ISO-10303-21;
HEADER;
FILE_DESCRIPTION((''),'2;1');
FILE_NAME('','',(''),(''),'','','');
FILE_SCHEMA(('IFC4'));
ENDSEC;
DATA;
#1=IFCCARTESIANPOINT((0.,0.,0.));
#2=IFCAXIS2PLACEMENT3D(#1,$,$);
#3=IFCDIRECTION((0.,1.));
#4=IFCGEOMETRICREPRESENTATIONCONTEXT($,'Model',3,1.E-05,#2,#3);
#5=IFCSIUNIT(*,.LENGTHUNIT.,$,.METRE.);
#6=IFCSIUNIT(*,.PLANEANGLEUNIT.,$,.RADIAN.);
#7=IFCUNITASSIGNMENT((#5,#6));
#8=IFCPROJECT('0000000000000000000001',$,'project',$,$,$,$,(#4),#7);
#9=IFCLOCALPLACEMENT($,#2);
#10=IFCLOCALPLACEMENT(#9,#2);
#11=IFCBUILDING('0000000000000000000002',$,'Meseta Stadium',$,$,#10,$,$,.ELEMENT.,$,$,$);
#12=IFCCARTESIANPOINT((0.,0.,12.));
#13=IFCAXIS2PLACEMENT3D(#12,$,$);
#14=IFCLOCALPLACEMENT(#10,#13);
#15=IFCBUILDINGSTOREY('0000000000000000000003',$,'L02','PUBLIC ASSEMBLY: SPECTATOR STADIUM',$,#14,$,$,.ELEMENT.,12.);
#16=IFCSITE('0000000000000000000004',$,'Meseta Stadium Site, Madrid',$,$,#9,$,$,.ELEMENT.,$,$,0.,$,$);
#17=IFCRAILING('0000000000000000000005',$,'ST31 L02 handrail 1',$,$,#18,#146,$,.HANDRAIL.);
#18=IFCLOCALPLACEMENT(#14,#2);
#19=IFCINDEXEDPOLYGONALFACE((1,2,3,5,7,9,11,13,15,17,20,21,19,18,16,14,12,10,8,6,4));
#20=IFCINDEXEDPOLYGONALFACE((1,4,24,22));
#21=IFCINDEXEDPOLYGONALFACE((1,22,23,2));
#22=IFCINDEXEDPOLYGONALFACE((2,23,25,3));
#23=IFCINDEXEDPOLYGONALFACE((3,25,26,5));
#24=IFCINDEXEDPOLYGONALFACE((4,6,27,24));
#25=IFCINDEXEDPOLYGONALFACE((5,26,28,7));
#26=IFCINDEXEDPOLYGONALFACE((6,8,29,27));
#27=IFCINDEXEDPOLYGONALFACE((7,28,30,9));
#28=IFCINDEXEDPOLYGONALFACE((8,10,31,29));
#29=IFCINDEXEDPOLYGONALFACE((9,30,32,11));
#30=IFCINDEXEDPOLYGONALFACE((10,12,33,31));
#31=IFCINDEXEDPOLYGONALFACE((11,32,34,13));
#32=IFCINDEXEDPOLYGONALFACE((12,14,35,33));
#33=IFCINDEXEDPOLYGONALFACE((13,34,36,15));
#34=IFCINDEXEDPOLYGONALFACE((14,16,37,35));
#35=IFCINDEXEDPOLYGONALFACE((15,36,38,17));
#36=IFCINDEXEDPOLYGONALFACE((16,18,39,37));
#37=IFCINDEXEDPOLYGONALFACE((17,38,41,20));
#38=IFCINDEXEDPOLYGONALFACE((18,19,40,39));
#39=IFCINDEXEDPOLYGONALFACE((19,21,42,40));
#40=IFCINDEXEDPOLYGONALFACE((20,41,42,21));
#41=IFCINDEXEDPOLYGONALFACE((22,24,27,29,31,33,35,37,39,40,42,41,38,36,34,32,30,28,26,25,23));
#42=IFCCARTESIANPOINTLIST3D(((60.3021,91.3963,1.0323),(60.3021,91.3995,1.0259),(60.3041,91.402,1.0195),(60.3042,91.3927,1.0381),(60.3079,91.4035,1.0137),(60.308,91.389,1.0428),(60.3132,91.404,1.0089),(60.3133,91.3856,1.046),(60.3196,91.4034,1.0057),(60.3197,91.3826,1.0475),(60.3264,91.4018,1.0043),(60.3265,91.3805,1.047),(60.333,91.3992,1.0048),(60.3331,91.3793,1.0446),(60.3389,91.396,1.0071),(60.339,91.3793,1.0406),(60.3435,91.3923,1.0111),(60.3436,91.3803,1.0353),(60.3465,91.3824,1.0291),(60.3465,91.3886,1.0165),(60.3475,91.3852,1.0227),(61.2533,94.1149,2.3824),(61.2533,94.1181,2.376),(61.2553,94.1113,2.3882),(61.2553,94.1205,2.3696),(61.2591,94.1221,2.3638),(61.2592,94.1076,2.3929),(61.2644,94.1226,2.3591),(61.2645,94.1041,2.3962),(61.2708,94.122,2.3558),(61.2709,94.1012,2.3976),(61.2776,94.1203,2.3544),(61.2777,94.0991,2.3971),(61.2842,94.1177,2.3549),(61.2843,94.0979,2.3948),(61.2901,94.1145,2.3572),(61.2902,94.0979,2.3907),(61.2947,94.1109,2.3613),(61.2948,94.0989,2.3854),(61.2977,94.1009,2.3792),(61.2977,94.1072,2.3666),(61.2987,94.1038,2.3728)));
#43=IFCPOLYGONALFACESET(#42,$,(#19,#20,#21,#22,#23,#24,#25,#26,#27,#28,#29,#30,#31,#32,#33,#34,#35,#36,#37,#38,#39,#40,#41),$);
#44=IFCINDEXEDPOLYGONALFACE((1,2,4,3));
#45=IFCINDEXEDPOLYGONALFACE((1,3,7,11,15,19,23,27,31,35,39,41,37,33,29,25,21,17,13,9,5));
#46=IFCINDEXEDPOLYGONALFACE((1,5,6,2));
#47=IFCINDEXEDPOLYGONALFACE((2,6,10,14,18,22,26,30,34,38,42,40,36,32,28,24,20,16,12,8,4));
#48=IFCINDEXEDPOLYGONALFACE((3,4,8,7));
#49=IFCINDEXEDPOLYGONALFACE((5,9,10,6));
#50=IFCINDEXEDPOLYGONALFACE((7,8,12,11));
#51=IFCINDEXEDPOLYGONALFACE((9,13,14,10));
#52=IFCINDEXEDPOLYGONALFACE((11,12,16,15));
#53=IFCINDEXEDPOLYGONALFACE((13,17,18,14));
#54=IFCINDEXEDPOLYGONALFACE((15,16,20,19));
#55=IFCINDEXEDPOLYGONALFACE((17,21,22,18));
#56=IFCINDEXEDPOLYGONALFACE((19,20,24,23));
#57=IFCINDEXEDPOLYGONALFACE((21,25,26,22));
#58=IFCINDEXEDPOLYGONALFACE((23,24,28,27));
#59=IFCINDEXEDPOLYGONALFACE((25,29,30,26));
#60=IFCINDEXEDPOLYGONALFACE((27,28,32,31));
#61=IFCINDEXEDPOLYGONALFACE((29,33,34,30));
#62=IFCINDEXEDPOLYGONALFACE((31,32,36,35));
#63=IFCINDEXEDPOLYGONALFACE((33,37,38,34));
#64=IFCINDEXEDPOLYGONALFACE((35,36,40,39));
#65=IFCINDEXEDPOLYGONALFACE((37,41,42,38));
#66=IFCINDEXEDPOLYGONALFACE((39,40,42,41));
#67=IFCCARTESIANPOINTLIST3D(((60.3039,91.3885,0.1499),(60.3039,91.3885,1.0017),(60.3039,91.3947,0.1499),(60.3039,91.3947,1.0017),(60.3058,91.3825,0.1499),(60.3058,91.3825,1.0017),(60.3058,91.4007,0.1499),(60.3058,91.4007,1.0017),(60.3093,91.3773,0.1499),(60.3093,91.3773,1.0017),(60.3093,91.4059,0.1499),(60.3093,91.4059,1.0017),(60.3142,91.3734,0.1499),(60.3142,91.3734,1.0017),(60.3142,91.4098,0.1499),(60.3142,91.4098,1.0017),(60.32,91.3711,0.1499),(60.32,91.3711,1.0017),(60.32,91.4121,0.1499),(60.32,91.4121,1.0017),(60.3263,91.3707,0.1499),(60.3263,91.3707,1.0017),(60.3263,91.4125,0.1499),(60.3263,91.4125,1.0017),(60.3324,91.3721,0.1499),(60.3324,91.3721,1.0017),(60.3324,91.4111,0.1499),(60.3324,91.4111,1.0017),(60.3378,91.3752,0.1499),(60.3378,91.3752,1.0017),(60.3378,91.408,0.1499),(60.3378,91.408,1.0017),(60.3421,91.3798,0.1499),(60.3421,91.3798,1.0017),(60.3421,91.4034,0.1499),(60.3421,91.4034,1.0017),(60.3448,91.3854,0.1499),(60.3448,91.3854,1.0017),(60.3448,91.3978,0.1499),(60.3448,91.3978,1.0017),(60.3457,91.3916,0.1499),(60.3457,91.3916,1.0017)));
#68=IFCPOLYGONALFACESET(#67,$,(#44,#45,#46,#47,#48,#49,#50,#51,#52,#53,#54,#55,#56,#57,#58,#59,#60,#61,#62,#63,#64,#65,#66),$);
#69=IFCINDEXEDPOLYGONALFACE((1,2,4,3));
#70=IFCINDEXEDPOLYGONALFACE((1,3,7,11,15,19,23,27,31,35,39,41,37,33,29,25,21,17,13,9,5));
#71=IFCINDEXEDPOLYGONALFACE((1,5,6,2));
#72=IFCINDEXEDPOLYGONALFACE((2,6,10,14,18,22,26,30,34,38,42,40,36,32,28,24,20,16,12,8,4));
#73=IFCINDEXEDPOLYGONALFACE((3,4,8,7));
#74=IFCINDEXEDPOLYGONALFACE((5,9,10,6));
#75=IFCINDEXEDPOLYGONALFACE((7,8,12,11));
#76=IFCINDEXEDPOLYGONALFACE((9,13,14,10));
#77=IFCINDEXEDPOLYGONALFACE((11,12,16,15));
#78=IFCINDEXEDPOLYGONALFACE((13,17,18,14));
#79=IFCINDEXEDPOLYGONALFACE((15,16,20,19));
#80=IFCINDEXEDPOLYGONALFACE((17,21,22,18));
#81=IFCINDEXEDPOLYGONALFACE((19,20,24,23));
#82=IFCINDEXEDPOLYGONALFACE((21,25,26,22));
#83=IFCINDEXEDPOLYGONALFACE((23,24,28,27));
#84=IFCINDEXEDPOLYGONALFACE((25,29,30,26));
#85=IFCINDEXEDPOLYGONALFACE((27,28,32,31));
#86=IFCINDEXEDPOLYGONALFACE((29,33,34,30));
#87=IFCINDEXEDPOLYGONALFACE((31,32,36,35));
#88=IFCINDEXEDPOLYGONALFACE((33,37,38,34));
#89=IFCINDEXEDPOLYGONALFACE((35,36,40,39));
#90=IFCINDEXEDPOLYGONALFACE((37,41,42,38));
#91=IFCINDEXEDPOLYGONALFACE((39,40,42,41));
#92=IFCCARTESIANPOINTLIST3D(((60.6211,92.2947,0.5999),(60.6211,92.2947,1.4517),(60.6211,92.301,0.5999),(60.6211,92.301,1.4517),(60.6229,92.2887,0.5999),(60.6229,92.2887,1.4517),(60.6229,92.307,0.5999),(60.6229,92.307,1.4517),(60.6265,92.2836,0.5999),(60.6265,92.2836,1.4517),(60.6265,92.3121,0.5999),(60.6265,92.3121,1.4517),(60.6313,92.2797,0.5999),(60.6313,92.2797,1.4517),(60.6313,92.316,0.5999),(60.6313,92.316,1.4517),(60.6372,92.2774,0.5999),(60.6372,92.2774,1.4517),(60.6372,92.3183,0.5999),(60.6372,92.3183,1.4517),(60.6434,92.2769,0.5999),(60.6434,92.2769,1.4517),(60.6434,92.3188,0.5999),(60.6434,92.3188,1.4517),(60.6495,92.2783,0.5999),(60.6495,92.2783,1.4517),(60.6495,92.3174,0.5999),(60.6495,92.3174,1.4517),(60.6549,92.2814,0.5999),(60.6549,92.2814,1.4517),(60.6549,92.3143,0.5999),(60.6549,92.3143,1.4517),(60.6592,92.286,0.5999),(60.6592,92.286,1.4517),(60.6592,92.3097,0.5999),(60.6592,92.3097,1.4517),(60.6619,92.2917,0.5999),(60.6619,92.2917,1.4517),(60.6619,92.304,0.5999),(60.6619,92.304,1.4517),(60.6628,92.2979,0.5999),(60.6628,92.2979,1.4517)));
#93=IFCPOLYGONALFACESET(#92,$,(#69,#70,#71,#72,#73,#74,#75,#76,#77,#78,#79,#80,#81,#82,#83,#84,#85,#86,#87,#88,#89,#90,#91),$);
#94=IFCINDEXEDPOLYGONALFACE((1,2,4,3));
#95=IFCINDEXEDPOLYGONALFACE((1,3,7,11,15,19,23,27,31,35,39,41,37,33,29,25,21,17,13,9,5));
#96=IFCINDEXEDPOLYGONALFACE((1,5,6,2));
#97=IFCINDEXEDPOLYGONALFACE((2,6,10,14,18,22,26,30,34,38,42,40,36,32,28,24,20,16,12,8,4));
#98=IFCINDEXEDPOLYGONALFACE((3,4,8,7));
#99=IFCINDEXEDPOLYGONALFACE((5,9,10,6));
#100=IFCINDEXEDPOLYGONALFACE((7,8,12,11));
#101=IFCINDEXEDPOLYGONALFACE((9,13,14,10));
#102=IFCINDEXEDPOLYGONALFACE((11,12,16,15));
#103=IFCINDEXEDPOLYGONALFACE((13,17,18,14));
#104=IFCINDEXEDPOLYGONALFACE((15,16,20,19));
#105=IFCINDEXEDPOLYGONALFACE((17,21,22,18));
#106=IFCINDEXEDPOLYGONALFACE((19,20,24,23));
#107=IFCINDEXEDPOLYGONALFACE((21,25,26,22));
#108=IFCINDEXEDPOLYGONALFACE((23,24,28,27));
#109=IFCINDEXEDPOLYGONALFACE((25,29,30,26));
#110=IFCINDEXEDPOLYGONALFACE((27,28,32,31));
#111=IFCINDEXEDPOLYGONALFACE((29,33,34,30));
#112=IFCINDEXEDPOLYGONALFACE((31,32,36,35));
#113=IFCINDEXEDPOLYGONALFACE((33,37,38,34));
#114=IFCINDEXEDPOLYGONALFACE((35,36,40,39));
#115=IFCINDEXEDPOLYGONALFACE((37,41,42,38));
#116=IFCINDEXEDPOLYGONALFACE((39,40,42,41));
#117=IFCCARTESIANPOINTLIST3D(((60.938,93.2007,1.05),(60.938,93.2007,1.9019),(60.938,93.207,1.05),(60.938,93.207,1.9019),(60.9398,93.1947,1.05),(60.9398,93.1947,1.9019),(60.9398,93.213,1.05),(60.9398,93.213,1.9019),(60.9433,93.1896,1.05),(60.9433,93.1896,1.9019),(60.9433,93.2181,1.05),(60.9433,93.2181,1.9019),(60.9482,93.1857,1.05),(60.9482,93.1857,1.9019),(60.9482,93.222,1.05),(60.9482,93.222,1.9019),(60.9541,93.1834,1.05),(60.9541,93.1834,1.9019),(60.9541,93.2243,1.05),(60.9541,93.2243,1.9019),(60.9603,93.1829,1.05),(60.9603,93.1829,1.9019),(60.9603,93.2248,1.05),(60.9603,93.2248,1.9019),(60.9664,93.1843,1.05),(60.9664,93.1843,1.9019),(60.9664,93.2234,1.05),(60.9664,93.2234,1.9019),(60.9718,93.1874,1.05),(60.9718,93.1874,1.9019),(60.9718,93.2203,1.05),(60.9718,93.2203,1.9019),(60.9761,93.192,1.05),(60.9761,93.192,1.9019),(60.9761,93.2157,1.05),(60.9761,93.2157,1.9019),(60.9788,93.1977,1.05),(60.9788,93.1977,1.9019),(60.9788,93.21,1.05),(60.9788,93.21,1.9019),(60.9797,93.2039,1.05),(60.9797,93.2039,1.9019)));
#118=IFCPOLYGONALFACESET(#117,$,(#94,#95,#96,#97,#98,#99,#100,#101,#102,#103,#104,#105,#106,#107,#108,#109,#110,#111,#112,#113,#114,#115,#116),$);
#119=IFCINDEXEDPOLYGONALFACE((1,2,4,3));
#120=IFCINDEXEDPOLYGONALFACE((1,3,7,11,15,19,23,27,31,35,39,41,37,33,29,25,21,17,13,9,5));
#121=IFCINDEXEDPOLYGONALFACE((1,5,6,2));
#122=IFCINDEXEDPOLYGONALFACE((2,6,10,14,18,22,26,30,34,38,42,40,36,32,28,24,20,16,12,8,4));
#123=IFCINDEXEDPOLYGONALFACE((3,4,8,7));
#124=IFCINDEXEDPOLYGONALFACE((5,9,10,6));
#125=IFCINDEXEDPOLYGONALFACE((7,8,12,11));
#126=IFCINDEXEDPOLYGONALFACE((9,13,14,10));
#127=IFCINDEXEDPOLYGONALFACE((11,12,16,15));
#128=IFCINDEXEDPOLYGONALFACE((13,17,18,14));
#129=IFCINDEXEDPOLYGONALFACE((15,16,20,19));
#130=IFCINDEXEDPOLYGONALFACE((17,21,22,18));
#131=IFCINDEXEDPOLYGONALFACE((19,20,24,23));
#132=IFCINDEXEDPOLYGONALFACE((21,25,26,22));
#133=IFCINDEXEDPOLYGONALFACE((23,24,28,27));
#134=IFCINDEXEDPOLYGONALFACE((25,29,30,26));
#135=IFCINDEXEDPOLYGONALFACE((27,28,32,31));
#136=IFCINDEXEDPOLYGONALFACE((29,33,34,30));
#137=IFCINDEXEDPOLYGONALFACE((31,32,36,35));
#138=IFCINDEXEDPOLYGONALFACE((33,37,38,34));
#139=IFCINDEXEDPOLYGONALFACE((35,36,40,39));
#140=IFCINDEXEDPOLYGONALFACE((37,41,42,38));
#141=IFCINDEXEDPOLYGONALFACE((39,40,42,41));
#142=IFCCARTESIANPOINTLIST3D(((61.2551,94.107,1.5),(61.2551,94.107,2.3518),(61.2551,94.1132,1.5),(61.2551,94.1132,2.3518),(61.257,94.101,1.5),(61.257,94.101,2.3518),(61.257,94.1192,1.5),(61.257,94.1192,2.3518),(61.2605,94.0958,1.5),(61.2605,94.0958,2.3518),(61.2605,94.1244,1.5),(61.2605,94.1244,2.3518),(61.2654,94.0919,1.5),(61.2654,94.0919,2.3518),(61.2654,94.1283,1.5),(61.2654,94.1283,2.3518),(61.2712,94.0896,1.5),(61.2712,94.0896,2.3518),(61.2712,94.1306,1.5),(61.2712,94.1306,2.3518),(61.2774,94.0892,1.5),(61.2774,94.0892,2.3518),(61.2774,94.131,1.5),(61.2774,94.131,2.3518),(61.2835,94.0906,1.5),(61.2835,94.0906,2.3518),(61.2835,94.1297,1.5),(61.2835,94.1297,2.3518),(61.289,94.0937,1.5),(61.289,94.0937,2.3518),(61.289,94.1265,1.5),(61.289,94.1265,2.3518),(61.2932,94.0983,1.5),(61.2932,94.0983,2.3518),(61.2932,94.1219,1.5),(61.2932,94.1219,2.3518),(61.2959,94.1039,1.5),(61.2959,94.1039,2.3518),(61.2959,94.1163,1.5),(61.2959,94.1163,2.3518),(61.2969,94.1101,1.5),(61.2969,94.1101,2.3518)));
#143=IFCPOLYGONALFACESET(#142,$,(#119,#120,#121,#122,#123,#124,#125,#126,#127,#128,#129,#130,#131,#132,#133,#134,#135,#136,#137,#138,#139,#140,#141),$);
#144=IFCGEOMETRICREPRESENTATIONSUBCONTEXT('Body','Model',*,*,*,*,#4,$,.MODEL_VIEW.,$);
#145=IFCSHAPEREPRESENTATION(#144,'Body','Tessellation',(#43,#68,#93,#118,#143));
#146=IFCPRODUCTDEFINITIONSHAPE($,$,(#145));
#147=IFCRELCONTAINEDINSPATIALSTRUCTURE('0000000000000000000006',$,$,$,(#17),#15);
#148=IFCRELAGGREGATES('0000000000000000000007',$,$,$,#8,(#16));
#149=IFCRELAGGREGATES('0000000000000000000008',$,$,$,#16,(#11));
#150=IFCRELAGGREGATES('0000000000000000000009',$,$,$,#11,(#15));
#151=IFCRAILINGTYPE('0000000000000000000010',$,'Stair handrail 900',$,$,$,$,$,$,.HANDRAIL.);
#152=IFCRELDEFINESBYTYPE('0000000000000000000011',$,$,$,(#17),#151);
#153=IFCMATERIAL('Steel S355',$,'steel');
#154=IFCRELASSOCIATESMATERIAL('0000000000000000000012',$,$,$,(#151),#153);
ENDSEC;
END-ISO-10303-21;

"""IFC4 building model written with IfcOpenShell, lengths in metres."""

from ifc_helpers import new_model, si_unit, direction, frame, origin, origin_2d, place, context, subcontext, project, spatial, circle, extrude, material, type_object, element, save


model = new_model("IFC4")

# Units and contexts
model_context = context("Model", 3, precision=1e-05, world=origin(), true_north=direction((0.0, 1.0)))
body_context = subcontext(model_context, "Body", "Model", "MODEL_VIEW")
ifc_project = project(units=[si_unit("LENGTHUNIT", "METRE"), si_unit("PLANEANGLEUNIT", "RADIAN")], contexts=[model_context])

# Site, building, storey
site_placement = place(None, origin())
site = spatial("IfcSite", under=ifc_project, at=site_placement, Name="Meseta Stadium Site, Madrid", CompositionType="ELEMENT", RefElevation=0.0)
building_placement = place(site_placement, origin())
building = spatial("IfcBuilding", under=site, at=building_placement, Name="Meseta Stadium", CompositionType="ELEMENT")
storey_placement = place(building_placement, frame((0.0, 0.0, 12.0)))
storey = spatial("IfcBuildingStorey", under=building, at=storey_placement, Name="L02", Description="PUBLIC ASSEMBLY: SPECTATOR STADIUM", CompositionType="ELEMENT", Elevation=12.0)

# Railing
ifc_material_1 = material(Name="Steel S355", Category="steel")
railing_type_1 = type_object("IfcRailingType", Name="Stair handrail 900", PredefinedType="HANDRAIL", material=ifc_material_1)
for number, where, name in (
    (1, (60.3247, 91.3916, 0.1499), "ST31 L02 handrail 1"),
):
    element("IfcRailing", number, at=place(storey_placement, frame(where)), inside=storey, type_object=railing_type_1, Name=name, PredefinedType="HANDRAIL", context=body_context, shape_type="SweptSolid", body=[
        extrude(circle(Radius=0.0239, at=origin_2d()), frame((0.0, 0.0, 0.876), z_axis=(0.299031, 0.854649, 0.424446), x_axis=(-0.943891, 0.330256, 0.0)), (0.0, 0.0, 1.0), 3.1809),
        extrude(circle(Radius=0.021, at=origin_2d()), origin(), (0.0, 0.0, 1.0), 0.8518),
        extrude(circle(Radius=0.021, at=origin_2d()), frame((0.3171, 0.9062, 0.45)), (0.0, 0.0, 1.0), 0.8518),
        extrude(circle(Radius=0.021, at=origin_2d()), frame((0.634, 1.8123, 0.9001)), (0.0, 0.0, 1.0), 0.8518),
        extrude(circle(Radius=0.021, at=origin_2d()), frame((0.9512, 2.7185, 1.3501)), (0.0, 0.0, 1.0), 0.8518),
    ])

save(model, "model.ifc")
